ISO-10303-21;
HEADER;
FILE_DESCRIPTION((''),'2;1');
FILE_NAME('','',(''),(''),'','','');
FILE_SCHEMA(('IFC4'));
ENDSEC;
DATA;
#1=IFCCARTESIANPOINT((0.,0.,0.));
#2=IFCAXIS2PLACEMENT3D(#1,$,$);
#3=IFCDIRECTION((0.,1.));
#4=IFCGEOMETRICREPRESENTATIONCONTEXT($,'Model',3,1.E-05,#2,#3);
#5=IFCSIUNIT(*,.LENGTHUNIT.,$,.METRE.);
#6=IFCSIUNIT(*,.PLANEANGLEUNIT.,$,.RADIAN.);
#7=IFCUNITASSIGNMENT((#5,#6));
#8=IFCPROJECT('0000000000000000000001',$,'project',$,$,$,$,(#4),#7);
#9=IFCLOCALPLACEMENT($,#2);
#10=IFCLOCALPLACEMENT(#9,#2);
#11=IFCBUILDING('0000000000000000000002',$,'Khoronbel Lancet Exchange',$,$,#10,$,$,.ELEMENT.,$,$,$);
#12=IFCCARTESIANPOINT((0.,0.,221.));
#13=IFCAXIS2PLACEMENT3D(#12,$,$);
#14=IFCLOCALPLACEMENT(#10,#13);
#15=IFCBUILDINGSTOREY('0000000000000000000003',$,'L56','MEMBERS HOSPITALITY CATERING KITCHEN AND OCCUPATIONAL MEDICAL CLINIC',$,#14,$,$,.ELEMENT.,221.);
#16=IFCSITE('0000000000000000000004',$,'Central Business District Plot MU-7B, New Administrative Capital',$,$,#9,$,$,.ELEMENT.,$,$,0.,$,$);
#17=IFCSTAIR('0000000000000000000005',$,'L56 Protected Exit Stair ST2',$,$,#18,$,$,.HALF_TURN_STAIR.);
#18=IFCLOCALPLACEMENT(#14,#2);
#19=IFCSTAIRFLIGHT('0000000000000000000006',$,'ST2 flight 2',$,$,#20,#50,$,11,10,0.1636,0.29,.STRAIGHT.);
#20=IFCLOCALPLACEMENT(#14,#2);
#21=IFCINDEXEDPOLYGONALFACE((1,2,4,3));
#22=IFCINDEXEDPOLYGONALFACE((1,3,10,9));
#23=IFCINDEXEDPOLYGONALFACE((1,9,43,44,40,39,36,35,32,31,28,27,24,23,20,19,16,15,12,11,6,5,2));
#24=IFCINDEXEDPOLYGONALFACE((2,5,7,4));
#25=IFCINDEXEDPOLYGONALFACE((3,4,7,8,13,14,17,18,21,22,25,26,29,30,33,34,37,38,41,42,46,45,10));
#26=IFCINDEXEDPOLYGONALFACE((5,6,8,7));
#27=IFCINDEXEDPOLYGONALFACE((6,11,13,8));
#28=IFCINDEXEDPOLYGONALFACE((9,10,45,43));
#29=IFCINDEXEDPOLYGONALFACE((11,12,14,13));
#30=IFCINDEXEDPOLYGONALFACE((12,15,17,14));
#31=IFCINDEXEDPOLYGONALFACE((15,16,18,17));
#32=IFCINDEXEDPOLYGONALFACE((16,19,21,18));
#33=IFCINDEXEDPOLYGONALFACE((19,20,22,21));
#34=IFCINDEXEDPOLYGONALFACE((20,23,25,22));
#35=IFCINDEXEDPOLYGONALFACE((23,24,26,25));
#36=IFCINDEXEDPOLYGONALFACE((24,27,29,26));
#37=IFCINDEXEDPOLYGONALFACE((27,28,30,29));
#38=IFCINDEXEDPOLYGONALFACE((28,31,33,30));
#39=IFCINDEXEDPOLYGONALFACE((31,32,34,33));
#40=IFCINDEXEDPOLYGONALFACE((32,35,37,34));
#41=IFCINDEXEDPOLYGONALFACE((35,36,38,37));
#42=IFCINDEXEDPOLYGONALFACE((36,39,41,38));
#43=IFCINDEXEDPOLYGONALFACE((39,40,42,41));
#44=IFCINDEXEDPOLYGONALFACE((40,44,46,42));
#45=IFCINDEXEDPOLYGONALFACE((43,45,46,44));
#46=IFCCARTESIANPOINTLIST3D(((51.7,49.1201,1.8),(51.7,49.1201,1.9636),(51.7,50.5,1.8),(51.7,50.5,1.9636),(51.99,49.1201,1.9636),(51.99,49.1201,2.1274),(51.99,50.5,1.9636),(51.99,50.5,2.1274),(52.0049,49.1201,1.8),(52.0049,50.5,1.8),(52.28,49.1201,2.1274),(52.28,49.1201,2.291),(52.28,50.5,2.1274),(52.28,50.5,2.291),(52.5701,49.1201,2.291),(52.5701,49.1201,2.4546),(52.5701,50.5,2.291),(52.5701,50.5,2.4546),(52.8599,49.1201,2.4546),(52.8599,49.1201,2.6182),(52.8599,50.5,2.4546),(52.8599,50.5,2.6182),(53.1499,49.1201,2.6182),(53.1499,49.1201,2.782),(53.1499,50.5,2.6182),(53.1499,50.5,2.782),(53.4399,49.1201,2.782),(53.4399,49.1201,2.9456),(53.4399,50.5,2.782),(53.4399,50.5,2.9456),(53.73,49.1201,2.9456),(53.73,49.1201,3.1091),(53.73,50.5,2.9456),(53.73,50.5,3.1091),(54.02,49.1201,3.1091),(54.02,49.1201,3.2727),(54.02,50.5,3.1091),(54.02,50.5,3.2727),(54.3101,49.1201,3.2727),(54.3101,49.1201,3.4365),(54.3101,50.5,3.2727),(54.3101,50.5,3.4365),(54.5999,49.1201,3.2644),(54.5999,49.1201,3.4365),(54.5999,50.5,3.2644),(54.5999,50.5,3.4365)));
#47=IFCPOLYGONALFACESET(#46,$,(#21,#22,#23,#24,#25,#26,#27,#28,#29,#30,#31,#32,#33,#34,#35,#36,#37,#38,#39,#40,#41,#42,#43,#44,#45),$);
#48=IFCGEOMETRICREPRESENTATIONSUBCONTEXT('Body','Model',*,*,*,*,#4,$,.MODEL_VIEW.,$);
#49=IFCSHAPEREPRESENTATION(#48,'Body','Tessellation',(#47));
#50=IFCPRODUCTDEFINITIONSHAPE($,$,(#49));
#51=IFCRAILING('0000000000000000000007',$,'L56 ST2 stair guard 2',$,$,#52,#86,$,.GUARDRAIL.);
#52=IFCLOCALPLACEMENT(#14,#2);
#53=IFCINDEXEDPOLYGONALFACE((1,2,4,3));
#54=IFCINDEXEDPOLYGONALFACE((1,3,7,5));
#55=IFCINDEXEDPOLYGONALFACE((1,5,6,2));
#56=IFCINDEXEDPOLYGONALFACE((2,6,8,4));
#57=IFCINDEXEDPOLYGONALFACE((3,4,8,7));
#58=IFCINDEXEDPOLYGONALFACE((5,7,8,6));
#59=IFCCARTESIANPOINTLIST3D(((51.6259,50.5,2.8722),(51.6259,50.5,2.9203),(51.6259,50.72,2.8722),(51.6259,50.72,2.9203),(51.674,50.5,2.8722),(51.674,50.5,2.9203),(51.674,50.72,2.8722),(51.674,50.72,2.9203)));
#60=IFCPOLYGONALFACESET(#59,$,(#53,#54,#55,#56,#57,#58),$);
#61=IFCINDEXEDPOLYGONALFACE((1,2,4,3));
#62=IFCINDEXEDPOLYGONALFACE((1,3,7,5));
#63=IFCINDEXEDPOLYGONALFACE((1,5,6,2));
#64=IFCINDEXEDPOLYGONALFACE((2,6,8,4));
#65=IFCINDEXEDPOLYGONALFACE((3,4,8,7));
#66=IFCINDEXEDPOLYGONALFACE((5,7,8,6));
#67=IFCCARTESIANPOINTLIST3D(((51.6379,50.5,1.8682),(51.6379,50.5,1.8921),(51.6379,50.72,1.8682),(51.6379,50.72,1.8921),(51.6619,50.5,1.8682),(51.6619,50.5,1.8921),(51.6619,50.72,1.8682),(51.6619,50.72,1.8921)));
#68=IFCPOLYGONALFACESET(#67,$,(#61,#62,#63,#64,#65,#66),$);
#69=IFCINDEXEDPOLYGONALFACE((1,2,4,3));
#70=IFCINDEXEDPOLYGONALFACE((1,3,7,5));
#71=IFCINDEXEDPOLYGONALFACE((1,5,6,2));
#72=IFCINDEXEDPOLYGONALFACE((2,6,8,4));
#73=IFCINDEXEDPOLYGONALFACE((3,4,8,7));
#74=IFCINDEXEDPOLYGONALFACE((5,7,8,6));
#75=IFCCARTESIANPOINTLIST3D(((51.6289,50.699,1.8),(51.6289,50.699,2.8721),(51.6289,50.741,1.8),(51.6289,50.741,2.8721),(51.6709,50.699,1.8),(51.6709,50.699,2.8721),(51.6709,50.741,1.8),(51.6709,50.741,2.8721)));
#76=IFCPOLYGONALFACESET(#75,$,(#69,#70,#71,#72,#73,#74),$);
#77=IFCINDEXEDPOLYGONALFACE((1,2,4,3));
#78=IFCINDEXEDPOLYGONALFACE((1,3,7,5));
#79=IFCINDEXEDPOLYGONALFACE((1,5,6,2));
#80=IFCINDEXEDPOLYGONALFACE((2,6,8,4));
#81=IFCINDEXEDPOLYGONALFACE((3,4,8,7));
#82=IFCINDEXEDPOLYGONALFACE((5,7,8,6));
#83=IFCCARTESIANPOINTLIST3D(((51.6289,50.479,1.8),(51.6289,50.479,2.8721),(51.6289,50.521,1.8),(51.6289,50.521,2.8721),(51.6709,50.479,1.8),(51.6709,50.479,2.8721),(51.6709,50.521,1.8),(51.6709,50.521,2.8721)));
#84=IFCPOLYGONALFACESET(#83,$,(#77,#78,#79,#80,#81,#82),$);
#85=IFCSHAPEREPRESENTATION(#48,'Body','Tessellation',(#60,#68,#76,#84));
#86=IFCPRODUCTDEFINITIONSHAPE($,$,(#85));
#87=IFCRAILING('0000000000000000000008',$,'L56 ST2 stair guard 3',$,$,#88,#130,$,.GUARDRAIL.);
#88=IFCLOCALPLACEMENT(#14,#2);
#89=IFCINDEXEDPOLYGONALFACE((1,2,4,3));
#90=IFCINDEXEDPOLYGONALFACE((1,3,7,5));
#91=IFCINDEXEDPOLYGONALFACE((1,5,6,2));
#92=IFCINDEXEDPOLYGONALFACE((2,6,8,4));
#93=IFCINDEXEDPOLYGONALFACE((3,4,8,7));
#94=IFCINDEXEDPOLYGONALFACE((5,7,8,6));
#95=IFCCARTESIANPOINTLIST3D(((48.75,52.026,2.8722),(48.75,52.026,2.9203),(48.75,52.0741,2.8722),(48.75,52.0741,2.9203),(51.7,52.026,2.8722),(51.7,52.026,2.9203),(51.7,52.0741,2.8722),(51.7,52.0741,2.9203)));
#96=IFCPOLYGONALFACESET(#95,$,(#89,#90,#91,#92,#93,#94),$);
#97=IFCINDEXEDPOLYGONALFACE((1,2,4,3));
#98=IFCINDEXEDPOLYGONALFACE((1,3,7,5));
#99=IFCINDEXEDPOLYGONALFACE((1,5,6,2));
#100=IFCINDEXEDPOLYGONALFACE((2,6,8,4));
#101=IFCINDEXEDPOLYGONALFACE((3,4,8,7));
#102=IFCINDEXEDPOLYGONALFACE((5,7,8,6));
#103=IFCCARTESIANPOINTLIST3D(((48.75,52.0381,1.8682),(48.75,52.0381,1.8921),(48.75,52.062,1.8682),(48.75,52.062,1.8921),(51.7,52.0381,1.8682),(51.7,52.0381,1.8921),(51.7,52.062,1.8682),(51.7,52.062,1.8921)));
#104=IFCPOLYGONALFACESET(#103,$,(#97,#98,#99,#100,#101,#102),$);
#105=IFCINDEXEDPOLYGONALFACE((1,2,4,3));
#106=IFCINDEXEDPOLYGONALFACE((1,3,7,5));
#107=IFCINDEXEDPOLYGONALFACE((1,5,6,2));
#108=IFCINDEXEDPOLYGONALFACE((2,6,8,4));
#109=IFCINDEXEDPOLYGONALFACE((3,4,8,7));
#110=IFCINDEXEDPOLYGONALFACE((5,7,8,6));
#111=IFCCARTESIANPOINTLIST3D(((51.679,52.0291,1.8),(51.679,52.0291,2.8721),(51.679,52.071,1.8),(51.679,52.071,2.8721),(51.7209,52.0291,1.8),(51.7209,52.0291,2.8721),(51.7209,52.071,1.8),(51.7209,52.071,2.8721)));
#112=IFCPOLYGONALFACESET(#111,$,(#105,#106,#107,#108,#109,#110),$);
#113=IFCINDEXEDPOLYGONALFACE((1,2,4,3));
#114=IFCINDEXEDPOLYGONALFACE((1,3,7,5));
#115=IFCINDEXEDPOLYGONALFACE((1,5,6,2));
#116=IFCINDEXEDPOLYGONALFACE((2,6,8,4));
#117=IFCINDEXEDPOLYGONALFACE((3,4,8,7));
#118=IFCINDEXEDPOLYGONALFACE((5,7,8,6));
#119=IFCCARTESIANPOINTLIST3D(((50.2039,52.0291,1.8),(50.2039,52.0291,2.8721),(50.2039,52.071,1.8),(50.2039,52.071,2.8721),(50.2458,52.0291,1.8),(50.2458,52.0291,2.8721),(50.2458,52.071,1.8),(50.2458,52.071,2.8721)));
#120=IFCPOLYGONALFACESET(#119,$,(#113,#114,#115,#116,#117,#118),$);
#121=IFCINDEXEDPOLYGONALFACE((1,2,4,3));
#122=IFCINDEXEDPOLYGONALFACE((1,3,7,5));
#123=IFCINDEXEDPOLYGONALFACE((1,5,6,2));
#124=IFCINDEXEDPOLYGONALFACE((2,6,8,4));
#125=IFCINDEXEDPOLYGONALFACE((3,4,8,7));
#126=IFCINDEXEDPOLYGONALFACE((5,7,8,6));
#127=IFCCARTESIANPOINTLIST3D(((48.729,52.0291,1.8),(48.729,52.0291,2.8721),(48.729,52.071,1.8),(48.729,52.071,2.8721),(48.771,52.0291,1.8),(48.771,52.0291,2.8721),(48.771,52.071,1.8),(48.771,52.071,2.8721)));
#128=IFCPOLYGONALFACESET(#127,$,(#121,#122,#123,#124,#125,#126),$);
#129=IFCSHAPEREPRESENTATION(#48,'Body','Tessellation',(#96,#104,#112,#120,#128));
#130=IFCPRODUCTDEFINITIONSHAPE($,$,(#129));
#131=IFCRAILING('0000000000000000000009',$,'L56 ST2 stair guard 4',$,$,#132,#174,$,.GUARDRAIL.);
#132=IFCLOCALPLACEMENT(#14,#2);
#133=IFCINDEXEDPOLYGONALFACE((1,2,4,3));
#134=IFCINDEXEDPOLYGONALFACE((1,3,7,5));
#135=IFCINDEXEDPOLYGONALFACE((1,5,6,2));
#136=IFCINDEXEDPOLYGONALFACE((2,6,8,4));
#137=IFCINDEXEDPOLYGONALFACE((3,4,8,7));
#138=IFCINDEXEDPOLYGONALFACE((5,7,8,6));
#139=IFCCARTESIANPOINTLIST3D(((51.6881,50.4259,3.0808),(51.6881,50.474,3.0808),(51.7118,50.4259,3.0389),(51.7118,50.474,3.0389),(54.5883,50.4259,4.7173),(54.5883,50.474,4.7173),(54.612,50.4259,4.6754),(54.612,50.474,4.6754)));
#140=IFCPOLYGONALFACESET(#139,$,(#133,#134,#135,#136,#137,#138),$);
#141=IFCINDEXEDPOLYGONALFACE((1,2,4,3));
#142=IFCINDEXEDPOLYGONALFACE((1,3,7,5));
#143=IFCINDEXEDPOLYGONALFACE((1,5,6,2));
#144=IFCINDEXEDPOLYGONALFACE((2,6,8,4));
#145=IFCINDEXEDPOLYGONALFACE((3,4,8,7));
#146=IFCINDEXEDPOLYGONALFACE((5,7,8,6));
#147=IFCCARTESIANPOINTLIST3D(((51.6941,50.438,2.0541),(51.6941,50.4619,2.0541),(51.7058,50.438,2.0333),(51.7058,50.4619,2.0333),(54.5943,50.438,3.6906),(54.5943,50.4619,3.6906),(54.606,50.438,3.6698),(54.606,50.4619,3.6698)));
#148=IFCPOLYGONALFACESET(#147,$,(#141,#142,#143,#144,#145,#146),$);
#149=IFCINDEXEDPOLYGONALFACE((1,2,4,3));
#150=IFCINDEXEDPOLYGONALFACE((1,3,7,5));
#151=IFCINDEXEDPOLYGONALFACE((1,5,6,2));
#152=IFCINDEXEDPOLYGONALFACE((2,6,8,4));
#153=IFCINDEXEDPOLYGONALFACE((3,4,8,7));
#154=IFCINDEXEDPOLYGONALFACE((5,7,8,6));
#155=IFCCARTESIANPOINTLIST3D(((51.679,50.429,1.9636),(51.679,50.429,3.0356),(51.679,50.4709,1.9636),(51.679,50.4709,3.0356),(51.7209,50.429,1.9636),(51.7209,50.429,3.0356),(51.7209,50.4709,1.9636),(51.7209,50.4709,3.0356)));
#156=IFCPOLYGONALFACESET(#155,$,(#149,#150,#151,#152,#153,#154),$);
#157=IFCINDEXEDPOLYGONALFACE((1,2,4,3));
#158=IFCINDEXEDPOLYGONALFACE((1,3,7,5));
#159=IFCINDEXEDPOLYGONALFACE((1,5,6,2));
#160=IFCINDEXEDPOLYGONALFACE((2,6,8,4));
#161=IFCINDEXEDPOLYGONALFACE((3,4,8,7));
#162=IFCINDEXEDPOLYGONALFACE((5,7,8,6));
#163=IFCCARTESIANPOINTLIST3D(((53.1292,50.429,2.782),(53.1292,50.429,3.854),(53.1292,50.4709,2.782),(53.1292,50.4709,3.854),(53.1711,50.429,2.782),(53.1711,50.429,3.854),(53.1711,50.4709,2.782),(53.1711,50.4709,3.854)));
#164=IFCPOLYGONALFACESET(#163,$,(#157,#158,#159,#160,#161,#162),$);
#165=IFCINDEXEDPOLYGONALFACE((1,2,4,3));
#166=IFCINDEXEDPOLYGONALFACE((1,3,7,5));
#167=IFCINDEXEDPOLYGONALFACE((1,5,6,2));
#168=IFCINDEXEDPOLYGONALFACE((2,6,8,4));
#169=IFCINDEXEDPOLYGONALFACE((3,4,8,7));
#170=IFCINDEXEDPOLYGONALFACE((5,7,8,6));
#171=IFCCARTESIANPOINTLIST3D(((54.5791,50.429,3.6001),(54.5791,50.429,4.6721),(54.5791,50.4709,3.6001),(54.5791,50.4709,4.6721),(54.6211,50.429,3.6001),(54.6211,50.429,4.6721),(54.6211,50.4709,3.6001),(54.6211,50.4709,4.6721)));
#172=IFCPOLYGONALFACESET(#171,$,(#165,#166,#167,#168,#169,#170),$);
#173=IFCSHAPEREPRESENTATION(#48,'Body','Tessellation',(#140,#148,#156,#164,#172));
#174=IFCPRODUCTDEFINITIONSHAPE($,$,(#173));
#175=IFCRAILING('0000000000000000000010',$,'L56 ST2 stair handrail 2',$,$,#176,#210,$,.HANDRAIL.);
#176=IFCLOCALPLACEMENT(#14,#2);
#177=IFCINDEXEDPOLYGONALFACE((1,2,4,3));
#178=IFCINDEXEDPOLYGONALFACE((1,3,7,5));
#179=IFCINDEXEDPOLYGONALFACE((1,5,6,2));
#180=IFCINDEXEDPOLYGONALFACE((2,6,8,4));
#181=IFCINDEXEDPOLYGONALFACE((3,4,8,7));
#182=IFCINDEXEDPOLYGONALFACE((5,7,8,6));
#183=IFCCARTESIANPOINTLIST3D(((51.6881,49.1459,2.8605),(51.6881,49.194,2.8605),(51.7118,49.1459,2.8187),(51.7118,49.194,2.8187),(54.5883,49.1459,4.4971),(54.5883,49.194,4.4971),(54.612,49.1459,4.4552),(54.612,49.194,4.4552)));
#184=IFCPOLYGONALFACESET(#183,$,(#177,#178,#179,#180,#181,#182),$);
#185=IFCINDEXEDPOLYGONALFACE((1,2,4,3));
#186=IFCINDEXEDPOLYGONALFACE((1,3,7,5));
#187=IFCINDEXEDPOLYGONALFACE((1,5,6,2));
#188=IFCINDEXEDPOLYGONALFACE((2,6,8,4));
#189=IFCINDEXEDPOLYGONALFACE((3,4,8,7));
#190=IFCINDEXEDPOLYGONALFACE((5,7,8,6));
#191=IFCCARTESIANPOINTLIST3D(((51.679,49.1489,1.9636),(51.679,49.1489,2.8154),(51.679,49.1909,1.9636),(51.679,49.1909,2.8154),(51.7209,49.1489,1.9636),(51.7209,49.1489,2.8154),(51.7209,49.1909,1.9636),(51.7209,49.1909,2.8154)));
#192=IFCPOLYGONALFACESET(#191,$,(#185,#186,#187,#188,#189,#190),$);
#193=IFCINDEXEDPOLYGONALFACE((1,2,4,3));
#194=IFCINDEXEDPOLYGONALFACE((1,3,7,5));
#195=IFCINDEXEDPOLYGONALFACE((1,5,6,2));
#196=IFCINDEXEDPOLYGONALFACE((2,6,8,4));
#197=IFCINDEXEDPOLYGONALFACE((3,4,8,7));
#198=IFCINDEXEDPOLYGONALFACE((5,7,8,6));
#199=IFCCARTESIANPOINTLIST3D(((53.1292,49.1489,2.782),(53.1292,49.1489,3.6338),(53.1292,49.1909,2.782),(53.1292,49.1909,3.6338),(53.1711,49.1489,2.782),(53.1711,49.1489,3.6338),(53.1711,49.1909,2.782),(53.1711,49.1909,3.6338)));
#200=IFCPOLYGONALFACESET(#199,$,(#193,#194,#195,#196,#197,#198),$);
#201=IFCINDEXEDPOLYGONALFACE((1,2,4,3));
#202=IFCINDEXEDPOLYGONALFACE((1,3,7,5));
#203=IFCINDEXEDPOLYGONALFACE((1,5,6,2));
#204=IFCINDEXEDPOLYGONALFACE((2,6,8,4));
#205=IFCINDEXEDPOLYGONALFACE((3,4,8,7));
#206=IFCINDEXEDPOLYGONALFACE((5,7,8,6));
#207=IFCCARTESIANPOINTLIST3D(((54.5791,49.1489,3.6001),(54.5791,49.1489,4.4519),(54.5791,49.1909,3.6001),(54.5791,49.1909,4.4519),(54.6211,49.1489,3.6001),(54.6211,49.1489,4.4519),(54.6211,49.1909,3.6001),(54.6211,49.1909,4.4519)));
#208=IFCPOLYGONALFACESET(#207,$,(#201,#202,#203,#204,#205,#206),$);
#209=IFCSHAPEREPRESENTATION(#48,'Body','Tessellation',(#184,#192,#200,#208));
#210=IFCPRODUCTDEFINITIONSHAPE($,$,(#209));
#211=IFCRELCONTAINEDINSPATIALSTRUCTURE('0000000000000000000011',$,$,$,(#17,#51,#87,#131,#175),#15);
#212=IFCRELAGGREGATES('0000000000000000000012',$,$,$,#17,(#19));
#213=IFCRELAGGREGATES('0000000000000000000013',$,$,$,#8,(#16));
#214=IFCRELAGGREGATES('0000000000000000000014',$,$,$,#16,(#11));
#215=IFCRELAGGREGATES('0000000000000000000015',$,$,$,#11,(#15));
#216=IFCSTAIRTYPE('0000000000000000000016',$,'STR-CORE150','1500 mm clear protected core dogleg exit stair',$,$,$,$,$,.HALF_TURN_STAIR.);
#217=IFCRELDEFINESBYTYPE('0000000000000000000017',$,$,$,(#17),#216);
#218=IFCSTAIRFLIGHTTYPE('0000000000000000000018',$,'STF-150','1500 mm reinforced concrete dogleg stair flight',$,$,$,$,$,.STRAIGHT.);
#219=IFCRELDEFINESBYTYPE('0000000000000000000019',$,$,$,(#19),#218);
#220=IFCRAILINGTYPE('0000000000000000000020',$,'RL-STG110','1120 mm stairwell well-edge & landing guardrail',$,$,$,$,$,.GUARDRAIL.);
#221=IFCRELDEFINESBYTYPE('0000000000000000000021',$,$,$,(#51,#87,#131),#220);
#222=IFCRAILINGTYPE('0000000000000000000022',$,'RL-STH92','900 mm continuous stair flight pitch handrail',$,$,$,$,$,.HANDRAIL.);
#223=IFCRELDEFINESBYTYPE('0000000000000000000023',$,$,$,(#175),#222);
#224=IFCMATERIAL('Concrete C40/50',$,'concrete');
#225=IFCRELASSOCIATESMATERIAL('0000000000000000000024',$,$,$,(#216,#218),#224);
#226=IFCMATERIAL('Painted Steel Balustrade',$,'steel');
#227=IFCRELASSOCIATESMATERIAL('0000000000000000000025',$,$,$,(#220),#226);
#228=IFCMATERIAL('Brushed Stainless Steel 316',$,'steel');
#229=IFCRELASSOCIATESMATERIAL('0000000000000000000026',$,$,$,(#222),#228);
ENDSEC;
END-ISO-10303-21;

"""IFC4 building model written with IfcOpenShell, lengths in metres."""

from ifc_helpers import new_model, si_unit, direction, frame, origin, origin_2d, place, context, subcontext, project, spatial, polyline, rectangle, outline, extrude, material, type_object, element, aggregate, save


model = new_model("IFC4")

# Units and contexts
model_context = context("Model", 3, precision=1e-05, world=origin(), true_north=direction((0.0, 1.0)))
body_context = subcontext(model_context, "Body", "Model", "MODEL_VIEW")
ifc_project = project(units=[si_unit("LENGTHUNIT", "METRE"), si_unit("PLANEANGLEUNIT", "RADIAN")], contexts=[model_context])

# Site, building, storey
site_placement = place(None, origin())
site = spatial("IfcSite", under=ifc_project, at=site_placement, Name="Central Business District Plot MU-7B, New Administrative Capital", CompositionType="ELEMENT", RefElevation=0.0)
building_placement = place(site_placement, origin())
building = spatial("IfcBuilding", under=site, at=building_placement, Name="Khoronbel Lancet Exchange", CompositionType="ELEMENT")
storey_placement = place(building_placement, frame((0.0, 0.0, 221.0)))
storey = spatial("IfcBuildingStorey", under=building, at=storey_placement, Name="L56", Description="MEMBERS HOSPITALITY CATERING KITCHEN AND OCCUPATIONAL MEDICAL CLINIC", CompositionType="ELEMENT", Elevation=221.0)

# Stair, stair flight
ifc_material_1 = material(Name="Concrete C40/50", Category="concrete")
stair_type = type_object("IfcStairType", Name="STR-CORE150", Description="1500 mm clear protected core dogleg exit stair", PredefinedType="HALF_TURN_STAIR", material=ifc_material_1)
stair_placement = place(storey_placement, origin())
stair = element("IfcStair", 1, at=stair_placement, inside=storey, type_object=stair_type, Name="L56 Protected Exit Stair ST2", PredefinedType="HALF_TURN_STAIR")
stair_flight_type = type_object("IfcStairFlightType", Name="STF-150", Description="1500 mm reinforced concrete dogleg stair flight", PredefinedType="STRAIGHT", material=ifc_material_1)
stair_flight_placement = place(storey_placement, frame((51.7, 49.8101, 1.8), z_axis=(0.0, 0.0, 1.0), x_axis=(1.0, 0.0, 0.0)))
stair_flight = element("IfcStairFlight", 2, at=stair_flight_placement, type_object=stair_flight_type, Name="ST2 flight 2", NumberOfRisers=11, NumberOfTreads=10, PredefinedType="STRAIGHT", RiserHeight=0.1636, TreadLength=0.29, context=body_context, shape_type="SweptSolid", body=[
    extrude(outline(polyline([(0.0, 0.0), (0.0, 0.1636), (0.29, 0.1636), (0.29, 0.3274), (0.5801, 0.3274), (0.5801, 0.491), (0.8701, 0.491), (0.8701, 0.6545), (1.1599, 0.6545), (1.1599, 0.8181), (1.45, 0.8181), (1.45, 0.9819), (1.74, 0.9819), (1.74, 1.1455), (2.03, 1.1455), (2.03, 1.3091), (2.3201, 1.3091), (2.3201, 1.4727), (2.6101, 1.4727), (2.6101, 1.6365), (2.8999, 1.6365), (2.8999, 1.8), (2.8999, 1.4644), (0.3049, 0.0), (0.0, 0.0)])), frame((0.0, 0.6899, 0.0), z_axis=(0.0, -1.0, 0.0), x_axis=(1.0, 0.0, 0.0)), (0.0, 0.0, 1.0), 1.3799),
])
aggregate(stair, [stair_flight])

# Railings
ifc_material_2 = material(Name="Painted Steel Balustrade", Category="steel")
railing_type_1 = type_object("IfcRailingType", Name="RL-STG110", Description="1120 mm stairwell well-edge & landing guardrail", PredefinedType="GUARDRAIL", material=ifc_material_2)
railing_1_placement = place(storey_placement, frame((51.6499, 50.72, 1.8)))
element("IfcRailing", 3, at=railing_1_placement, inside=storey, type_object=railing_type_1, Name="L56 ST2 stair guard 2", PredefinedType="GUARDRAIL", context=body_context, shape_type="SweptSolid", body=[
    extrude(rectangle(XDim=0.0481, YDim=0.0481, at=origin_2d()), frame((0.0, 0.0, 1.0962), z_axis=(0.0, -1.0, 0.0), x_axis=(1.0, 0.0, 0.0)), (0.0, 0.0, 1.0), 0.22),
    extrude(rectangle(XDim=0.0239, YDim=0.0239, at=origin_2d()), frame((0.0, 0.0, 0.0801), z_axis=(0.0, -1.0, 0.0), x_axis=(1.0, 0.0, 0.0)), (0.0, 0.0, 1.0), 0.22),
    extrude(rectangle(XDim=0.042, YDim=0.042, at=origin_2d()), origin(), (0.0, 0.0, 1.0), 1.072),
    extrude(rectangle(XDim=0.042, YDim=0.042, at=origin_2d()), frame((0.0, -0.22, 0.0)), (0.0, 0.0, 1.0), 1.072),
])
railing_2_placement = place(storey_placement, frame((51.7, 52.05, 1.8)))
element("IfcRailing", 4, at=railing_2_placement, inside=storey, type_object=railing_type_1, Name="L56 ST2 stair guard 3", PredefinedType="GUARDRAIL", context=body_context, shape_type="SweptSolid", body=[
    extrude(rectangle(XDim=0.0481, YDim=0.0481, at=origin_2d()), frame((0.0, 0.0, 1.0962), z_axis=(-1.0, 0.0, 0.0), x_axis=(0.0, -1.0, 0.0)), (0.0, 0.0, 1.0), 2.95),
    extrude(rectangle(XDim=0.0239, YDim=0.0239, at=origin_2d()), frame((0.0, 0.0, 0.0801), z_axis=(-1.0, 0.0, 0.0), x_axis=(0.0, -1.0, 0.0)), (0.0, 0.0, 1.0), 2.95),
    extrude(rectangle(XDim=0.042, YDim=0.042, at=origin_2d()), origin(), (0.0, 0.0, 1.0), 1.072),
    extrude(rectangle(XDim=0.042, YDim=0.042, at=origin_2d()), frame((-1.4751, 0.0, 0.0)), (0.0, 0.0, 1.0), 1.072),
    extrude(rectangle(XDim=0.042, YDim=0.042, at=origin_2d()), frame((-2.95, 0.0, 0.0)), (0.0, 0.0, 1.0), 1.072),
])
railing_3_placement = place(storey_placement, frame((51.7, 50.45, 1.9636)))
element("IfcRailing", 5, at=railing_3_placement, inside=storey, type_object=railing_type_1, Name="L56 ST2 stair guard 4", PredefinedType="GUARDRAIL", context=body_context, shape_type="SweptSolid", body=[
    extrude(rectangle(XDim=0.0481, YDim=0.0481, at=origin_2d()), frame((0.0, 0.0, 1.0962), z_axis=(0.870915, 0.0, 0.491434), x_axis=(0.0, 1.0, 0.0)), (0.0, 0.0, 1.0), 3.3301),
    extrude(rectangle(XDim=0.0239, YDim=0.0239, at=origin_2d()), frame((0.0, 0.0, 0.0801), z_axis=(0.870915, 0.0, 0.491434), x_axis=(0.0, 1.0, 0.0)), (0.0, 0.0, 1.0), 3.3301),
    extrude(rectangle(XDim=0.042, YDim=0.042, at=origin_2d()), origin(), (0.0, 0.0, 1.0), 1.072),
    extrude(rectangle(XDim=0.042, YDim=0.042, at=origin_2d()), frame((1.4502, 0.0, 0.8184)), (0.0, 0.0, 1.0), 1.072),
    extrude(rectangle(XDim=0.042, YDim=0.042, at=origin_2d()), frame((2.9001, 0.0, 1.6365)), (0.0, 0.0, 1.0), 1.072),
])
ifc_material_3 = material(Name="Brushed Stainless Steel 316", Category="steel")
railing_type_2 = type_object("IfcRailingType", Name="RL-STH92", Description="900 mm continuous stair flight pitch handrail", PredefinedType="HANDRAIL", material=ifc_material_3)
railing_4_placement = place(storey_placement, frame((51.7, 49.1699, 1.9636)))
element("IfcRailing", 6, at=railing_4_placement, inside=storey, type_object=railing_type_2, Name="L56 ST2 stair handrail 2", PredefinedType="HANDRAIL", context=body_context, shape_type="SweptSolid", body=[
    extrude(rectangle(XDim=0.0481, YDim=0.0481, at=origin_2d()), frame((0.0, 0.0, 0.876), z_axis=(0.870915, 0.0, 0.491434), x_axis=(0.0, 1.0, 0.0)), (0.0, 0.0, 1.0), 3.3301),
    extrude(rectangle(XDim=0.042, YDim=0.042, at=origin_2d()), origin(), (0.0, 0.0, 1.0), 0.8518),
    extrude(rectangle(XDim=0.042, YDim=0.042, at=origin_2d()), frame((1.4502, 0.0, 0.8184)), (0.0, 0.0, 1.0), 0.8518),
    extrude(rectangle(XDim=0.042, YDim=0.042, at=origin_2d()), frame((2.9001, 0.0, 1.6365)), (0.0, 0.0, 1.0), 0.8518),
])

save(model, "model.ifc")
